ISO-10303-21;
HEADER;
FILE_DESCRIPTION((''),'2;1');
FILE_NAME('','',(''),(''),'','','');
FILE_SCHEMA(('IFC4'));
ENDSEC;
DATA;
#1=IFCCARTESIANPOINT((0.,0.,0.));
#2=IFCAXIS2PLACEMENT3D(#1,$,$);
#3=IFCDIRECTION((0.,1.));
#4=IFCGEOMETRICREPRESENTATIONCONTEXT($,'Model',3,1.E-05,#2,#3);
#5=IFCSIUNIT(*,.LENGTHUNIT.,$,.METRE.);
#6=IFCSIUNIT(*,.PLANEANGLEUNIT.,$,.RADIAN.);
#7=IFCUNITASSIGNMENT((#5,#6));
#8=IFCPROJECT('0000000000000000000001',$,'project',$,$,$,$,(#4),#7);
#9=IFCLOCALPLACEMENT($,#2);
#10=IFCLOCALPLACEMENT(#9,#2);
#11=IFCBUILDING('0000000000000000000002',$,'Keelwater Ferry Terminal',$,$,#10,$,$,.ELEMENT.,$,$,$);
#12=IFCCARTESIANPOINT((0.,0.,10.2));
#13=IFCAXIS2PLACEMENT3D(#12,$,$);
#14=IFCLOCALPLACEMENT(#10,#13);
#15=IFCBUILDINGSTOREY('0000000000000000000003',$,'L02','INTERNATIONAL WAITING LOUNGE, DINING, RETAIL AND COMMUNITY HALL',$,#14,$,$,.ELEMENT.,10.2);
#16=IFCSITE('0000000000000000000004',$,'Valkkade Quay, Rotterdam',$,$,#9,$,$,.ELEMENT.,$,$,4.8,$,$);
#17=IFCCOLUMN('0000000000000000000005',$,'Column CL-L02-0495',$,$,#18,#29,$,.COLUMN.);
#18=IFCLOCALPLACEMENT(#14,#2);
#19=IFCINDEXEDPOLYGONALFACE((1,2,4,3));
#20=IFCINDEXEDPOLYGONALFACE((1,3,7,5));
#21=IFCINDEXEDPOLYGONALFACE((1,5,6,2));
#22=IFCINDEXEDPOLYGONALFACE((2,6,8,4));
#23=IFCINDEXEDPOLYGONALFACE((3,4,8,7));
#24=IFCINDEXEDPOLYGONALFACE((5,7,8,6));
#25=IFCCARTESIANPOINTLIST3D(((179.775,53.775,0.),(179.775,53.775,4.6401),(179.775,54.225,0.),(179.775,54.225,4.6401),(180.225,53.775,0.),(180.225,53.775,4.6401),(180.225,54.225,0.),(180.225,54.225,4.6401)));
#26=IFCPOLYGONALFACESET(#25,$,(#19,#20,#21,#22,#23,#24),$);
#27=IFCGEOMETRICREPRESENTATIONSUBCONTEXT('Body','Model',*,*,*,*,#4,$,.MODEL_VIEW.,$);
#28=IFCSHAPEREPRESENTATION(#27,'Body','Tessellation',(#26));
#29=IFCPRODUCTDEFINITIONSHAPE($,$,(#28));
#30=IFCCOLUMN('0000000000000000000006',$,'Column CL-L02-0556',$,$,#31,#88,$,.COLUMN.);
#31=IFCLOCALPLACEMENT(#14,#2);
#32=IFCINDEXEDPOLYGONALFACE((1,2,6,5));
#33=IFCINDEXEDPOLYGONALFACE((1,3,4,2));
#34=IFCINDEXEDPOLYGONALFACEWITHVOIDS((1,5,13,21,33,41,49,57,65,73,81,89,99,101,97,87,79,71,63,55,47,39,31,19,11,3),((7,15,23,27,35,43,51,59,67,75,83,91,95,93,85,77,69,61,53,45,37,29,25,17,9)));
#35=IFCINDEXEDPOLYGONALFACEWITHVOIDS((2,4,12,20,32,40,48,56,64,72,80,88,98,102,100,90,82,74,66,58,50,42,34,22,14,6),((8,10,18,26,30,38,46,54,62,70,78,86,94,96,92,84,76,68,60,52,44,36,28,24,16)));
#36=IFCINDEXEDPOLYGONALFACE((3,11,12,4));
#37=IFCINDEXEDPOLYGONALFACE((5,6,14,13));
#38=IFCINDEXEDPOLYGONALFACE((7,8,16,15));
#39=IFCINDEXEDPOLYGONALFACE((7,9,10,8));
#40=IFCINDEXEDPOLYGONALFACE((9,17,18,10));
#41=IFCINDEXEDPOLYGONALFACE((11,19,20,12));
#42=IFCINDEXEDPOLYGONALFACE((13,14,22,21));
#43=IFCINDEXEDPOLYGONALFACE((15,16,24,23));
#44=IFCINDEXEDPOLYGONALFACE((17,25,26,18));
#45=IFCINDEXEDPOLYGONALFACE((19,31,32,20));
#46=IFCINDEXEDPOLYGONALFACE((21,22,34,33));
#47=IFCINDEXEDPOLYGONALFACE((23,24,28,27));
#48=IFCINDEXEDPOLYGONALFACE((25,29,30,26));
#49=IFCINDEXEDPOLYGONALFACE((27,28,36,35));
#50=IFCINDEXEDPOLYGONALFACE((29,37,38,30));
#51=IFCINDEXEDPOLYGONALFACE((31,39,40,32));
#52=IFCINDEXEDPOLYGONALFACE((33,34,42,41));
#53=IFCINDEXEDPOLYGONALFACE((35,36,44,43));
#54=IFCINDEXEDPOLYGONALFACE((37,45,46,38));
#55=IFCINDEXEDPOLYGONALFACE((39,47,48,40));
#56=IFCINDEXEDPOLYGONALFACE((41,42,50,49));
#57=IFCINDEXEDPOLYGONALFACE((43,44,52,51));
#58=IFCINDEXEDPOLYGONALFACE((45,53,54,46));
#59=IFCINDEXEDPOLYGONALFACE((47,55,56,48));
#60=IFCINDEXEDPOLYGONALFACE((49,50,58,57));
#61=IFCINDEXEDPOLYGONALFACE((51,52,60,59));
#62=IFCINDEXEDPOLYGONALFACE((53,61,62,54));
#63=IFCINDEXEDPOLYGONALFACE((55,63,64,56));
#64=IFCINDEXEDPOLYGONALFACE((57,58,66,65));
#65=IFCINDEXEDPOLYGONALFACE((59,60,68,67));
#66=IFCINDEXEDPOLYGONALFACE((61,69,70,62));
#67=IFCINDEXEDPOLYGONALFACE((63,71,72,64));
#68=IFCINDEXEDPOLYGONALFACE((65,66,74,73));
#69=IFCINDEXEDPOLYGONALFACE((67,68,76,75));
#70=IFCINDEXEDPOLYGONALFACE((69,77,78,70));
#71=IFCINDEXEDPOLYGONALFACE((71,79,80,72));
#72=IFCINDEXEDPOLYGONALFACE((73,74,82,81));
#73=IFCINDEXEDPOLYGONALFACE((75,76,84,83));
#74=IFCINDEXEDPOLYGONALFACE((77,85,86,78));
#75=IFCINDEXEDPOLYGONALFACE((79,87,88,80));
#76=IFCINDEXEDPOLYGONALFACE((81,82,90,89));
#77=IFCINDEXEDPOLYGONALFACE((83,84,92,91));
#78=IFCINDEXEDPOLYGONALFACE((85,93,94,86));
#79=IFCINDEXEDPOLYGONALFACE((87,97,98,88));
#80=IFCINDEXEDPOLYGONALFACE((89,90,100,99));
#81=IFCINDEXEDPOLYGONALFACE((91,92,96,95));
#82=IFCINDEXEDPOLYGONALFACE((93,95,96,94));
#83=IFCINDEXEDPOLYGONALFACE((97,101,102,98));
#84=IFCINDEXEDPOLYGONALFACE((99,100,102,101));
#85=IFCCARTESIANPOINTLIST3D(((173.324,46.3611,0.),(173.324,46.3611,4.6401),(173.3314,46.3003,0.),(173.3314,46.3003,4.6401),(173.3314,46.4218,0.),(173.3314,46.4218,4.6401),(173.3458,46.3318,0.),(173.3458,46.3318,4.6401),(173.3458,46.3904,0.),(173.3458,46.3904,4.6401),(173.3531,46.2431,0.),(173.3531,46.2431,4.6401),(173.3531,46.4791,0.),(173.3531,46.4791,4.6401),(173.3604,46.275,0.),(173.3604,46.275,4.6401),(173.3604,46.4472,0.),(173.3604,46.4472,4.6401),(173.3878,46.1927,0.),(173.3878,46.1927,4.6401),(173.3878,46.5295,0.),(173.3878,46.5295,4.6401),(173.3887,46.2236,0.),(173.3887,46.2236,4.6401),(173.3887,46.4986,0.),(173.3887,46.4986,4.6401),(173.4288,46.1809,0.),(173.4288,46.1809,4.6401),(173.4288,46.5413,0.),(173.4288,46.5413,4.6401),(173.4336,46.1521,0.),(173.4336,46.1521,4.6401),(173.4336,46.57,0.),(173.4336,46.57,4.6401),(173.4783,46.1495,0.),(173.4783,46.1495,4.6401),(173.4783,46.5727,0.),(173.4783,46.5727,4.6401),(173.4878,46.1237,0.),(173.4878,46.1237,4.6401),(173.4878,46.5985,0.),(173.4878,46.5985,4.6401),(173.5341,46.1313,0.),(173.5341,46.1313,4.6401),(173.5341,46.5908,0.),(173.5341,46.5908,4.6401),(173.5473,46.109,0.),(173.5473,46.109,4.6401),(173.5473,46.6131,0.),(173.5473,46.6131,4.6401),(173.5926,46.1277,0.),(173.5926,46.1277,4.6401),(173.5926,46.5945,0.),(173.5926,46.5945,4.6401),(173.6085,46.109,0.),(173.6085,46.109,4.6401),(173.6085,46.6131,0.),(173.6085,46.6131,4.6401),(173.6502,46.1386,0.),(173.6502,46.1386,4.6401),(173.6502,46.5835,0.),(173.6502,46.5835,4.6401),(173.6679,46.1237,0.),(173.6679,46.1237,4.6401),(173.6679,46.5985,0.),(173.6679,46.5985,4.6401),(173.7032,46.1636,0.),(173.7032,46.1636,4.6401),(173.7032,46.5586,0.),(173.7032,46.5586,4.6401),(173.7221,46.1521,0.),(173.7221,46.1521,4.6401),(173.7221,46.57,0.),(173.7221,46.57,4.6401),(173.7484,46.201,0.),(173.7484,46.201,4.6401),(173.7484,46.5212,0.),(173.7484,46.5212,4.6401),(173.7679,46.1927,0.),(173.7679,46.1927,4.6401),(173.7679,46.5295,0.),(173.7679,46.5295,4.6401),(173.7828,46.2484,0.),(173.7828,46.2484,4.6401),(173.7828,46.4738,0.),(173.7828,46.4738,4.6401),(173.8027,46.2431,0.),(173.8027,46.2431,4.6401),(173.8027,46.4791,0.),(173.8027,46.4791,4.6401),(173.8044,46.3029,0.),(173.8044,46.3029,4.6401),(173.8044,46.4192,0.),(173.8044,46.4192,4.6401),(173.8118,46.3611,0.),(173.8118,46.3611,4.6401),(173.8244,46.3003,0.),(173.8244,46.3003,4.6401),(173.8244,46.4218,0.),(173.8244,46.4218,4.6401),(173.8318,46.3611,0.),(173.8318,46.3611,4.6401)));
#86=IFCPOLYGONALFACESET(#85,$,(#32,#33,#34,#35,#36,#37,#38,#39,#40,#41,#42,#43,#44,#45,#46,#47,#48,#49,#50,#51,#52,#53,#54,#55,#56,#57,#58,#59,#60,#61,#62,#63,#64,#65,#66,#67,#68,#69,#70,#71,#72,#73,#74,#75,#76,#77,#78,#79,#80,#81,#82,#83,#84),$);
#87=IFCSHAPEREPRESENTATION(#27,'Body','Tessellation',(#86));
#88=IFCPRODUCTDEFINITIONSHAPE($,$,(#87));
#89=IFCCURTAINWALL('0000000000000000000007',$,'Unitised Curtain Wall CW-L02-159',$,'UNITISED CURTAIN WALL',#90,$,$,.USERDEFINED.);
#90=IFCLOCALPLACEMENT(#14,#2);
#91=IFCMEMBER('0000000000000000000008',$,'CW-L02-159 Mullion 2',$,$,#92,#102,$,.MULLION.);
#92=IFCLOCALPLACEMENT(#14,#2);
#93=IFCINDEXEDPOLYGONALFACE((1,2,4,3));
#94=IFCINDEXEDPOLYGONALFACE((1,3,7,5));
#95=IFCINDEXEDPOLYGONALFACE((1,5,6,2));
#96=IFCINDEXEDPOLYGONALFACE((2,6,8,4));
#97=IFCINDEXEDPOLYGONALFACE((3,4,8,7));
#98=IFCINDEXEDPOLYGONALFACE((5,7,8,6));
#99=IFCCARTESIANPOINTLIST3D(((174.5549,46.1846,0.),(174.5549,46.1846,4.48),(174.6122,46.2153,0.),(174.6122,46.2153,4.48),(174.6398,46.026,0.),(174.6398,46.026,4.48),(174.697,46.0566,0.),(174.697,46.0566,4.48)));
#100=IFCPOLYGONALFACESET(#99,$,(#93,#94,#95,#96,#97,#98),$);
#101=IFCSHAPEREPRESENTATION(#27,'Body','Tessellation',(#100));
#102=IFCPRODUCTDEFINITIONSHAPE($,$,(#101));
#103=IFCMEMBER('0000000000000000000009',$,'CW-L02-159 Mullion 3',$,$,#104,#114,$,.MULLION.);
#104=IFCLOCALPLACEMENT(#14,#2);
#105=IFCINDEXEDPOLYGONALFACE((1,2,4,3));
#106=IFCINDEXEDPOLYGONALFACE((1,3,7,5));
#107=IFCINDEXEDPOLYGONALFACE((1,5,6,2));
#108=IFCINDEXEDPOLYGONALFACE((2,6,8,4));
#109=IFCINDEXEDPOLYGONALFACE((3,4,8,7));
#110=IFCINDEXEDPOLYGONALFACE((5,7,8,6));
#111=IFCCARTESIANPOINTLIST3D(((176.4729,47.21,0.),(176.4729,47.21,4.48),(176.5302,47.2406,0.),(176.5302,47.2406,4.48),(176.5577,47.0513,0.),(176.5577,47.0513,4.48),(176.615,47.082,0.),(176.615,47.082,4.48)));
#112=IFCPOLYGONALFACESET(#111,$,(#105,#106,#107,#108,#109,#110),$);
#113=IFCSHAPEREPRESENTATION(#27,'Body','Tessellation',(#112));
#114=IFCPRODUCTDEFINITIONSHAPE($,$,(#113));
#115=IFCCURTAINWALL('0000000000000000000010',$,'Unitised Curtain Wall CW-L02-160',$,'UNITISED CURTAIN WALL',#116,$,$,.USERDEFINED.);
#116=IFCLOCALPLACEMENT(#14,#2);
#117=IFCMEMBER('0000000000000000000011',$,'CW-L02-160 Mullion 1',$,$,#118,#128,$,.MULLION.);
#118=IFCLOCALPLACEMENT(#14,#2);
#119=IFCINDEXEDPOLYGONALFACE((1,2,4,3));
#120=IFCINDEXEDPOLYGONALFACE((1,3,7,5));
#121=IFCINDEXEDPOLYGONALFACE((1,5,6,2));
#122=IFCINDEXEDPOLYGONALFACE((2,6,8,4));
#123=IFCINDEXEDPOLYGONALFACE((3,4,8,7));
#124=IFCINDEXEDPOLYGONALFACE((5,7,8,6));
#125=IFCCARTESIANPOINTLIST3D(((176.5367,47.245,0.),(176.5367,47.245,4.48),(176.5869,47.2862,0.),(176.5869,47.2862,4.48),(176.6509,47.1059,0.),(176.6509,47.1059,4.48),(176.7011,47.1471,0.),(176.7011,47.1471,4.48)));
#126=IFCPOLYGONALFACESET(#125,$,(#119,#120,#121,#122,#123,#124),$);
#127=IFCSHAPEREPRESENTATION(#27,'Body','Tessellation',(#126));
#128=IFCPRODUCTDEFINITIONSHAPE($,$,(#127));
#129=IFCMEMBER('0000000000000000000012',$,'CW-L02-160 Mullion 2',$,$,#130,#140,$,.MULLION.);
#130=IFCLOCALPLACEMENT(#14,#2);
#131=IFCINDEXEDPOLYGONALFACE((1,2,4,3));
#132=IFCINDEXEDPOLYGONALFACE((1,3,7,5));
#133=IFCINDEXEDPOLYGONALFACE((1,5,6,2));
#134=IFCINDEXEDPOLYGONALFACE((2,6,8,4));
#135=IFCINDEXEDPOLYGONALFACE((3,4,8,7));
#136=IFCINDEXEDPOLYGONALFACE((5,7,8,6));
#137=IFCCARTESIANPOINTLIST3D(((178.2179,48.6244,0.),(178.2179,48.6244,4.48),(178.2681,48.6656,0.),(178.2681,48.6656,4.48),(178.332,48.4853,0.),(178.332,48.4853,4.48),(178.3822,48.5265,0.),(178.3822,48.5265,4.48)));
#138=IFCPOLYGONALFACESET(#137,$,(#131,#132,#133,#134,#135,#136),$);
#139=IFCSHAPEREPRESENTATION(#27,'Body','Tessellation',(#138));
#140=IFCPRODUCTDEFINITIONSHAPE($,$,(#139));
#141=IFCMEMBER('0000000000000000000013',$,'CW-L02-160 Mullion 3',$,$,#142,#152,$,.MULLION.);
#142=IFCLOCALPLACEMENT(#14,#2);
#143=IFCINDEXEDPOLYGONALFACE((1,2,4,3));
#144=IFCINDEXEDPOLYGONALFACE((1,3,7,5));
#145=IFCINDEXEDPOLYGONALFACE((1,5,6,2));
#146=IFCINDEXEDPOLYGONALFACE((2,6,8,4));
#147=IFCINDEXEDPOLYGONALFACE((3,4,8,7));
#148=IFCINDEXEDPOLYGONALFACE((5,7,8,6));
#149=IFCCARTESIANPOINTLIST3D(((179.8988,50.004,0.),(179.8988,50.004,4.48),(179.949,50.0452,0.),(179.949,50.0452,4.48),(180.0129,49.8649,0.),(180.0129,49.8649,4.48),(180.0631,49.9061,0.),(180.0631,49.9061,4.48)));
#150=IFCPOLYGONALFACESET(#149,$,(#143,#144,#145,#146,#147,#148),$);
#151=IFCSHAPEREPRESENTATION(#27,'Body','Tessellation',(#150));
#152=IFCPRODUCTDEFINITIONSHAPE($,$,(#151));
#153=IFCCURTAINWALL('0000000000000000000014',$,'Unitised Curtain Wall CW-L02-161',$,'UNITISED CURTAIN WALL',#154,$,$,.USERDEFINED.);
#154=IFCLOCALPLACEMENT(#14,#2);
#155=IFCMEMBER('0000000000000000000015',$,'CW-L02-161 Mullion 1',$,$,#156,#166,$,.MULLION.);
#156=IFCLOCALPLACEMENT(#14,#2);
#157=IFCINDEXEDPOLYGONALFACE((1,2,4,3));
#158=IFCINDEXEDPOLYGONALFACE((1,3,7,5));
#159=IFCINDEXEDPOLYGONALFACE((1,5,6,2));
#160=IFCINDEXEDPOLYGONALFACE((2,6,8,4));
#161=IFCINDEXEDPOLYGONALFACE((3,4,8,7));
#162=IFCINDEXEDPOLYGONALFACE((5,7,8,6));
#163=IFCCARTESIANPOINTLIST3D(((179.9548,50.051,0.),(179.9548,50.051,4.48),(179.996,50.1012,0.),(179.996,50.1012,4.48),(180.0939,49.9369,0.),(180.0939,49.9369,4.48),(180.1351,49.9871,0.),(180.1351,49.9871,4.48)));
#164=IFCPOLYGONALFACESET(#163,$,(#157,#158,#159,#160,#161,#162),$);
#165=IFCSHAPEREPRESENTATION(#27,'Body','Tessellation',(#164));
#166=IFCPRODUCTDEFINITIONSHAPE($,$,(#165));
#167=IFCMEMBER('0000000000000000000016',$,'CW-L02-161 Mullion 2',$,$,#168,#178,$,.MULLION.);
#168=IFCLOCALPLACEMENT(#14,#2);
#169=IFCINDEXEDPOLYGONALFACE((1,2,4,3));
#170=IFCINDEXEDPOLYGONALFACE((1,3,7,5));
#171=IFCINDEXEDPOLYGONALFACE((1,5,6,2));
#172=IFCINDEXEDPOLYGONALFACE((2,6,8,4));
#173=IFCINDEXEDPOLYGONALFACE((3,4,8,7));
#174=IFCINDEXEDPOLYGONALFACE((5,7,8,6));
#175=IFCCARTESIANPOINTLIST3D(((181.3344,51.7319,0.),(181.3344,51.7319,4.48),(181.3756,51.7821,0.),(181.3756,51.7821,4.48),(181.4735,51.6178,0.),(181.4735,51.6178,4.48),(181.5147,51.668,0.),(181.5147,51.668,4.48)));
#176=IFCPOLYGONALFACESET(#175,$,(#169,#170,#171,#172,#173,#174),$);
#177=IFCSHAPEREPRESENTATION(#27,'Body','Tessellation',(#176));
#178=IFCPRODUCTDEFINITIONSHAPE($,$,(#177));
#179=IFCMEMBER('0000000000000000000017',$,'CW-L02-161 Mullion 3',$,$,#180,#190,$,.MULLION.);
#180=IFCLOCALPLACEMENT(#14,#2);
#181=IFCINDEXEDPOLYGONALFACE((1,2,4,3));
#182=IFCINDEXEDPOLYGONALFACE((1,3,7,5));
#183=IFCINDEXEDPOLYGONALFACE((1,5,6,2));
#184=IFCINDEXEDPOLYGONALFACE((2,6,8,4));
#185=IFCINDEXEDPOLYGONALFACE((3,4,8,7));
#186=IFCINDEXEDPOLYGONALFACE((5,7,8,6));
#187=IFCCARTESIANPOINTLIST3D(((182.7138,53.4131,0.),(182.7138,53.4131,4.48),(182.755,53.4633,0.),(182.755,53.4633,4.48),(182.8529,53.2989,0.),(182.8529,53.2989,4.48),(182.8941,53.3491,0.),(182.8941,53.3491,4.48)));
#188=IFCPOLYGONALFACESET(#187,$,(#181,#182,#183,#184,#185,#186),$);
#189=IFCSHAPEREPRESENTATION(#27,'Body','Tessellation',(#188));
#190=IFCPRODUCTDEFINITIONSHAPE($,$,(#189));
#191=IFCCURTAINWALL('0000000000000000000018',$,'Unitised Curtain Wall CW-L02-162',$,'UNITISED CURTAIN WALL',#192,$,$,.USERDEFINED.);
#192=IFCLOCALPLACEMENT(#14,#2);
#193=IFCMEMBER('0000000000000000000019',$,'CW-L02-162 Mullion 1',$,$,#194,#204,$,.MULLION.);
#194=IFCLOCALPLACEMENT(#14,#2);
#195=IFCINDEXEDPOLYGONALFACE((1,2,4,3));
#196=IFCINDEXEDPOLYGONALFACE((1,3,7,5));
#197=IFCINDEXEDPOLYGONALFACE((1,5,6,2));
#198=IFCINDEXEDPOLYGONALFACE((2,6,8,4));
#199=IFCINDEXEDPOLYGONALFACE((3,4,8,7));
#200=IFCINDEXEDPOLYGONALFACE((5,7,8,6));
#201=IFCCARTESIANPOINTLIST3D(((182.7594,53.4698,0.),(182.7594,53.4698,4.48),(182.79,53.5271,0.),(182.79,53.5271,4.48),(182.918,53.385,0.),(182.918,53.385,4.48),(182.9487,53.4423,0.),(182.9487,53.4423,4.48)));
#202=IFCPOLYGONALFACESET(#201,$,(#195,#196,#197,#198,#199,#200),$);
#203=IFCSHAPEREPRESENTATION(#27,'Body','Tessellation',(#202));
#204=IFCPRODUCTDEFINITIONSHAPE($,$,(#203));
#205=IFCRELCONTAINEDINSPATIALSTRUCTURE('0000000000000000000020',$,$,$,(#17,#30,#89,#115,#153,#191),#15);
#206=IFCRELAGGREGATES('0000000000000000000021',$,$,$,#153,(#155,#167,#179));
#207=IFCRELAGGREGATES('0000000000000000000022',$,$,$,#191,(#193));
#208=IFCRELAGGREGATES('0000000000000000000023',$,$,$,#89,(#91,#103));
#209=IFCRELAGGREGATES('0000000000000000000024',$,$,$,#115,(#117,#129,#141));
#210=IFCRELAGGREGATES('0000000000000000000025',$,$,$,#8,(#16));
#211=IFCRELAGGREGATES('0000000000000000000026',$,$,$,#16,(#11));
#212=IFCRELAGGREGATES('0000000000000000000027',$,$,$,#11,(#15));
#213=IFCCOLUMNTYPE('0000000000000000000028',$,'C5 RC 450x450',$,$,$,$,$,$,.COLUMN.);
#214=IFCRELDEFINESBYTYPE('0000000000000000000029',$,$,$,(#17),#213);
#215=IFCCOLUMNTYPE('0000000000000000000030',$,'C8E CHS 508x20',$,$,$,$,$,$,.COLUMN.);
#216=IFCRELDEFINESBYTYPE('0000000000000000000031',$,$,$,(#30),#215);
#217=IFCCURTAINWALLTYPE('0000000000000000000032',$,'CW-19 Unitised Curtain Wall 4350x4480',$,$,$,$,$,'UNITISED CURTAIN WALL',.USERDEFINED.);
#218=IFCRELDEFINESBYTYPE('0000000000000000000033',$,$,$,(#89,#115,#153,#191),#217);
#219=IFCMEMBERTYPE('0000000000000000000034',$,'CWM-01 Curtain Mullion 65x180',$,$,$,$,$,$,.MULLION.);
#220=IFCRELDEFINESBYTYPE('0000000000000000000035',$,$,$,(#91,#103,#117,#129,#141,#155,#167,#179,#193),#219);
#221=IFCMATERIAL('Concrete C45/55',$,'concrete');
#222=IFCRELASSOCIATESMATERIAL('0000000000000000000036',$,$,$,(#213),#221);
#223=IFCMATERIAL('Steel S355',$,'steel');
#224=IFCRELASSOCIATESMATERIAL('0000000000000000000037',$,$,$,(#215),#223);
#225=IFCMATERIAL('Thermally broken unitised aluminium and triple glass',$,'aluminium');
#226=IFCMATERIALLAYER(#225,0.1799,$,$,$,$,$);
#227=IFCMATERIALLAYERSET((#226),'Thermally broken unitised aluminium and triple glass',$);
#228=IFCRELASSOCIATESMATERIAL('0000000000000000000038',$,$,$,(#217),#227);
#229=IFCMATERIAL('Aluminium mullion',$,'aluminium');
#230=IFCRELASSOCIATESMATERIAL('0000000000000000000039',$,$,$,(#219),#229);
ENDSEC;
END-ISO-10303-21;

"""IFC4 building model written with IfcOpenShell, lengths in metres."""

from ifc_helpers import new_model, si_unit, direction, frame, origin, origin_2d, place, context, subcontext, project, spatial, rectangle, hollow_circle, extrude, material, layer, layer_set, material_profile, profile_set, type_object, element, aggregate, save


model = new_model("IFC4")

# Units and contexts
model_context = context("Model", 3, precision=1e-05, world=origin(), true_north=direction((0.0, 1.0)))
body_context = subcontext(model_context, "Body", "Model", "MODEL_VIEW")
ifc_project = project(units=[si_unit("LENGTHUNIT", "METRE"), si_unit("PLANEANGLEUNIT", "RADIAN")], contexts=[model_context])

# Site, building, storey
site_placement = place(None, origin())
site = spatial("IfcSite", under=ifc_project, at=site_placement, Name="Valkkade Quay, Rotterdam", CompositionType="ELEMENT", RefElevation=4.8)
building_placement = place(site_placement, origin())
building = spatial("IfcBuilding", under=site, at=building_placement, Name="Keelwater Ferry Terminal", CompositionType="ELEMENT")
storey_placement = place(building_placement, frame((0.0, 0.0, 10.2)))
storey = spatial("IfcBuildingStorey", under=building, at=storey_placement, Name="L02", Description="INTERNATIONAL WAITING LOUNGE, DINING, RETAIL AND COMMUNITY HALL", CompositionType="ELEMENT", Elevation=10.2)

# Columns
ifc_material_1 = material(Name="Concrete C45/55", Category="concrete")
ifc_material_profile_1 = material_profile(ifc_material_1, rectangle(XDim=0.45, YDim=0.45, at=origin_2d()), Name="RC 450x450")
ifc_profile_set_1 = profile_set([ifc_material_profile_1], Name="Concrete C45/55")
column_type_1 = type_object("IfcColumnType", Name="C5 RC 450x450", PredefinedType="COLUMN", material=ifc_profile_set_1)
column_1_placement = place(storey_placement, frame((180.0, 54.0, 0.0), z_axis=(0.0, 0.0, 1.0), x_axis=(1.0, 0.0, 0.0)))
element("IfcColumn", 1, at=column_1_placement, inside=storey, type_object=column_type_1, Name="Column CL-L02-0495", PredefinedType="COLUMN", context=body_context, shape_type="SweptSolid", body=[
    extrude(rectangle(XDim=0.45, YDim=0.45, at=origin_2d()), origin(), (0.0, 0.0, 1.0), 4.6401),
])
ifc_material_2 = material(Name="Steel S355", Category="steel")
ifc_material_profile_2 = material_profile(ifc_material_2, hollow_circle(Radius=0.2539, WallThickness=0.02, at=origin_2d()), Name="CHS 508x20")
ifc_profile_set_2 = profile_set([ifc_material_profile_2], Name="Steel S355")
column_type_2 = type_object("IfcColumnType", Name="C8E CHS 508x20", PredefinedType="COLUMN", material=ifc_profile_set_2)
column_2_placement = place(storey_placement, frame((173.5779, 46.3611, 0.0), z_axis=(0.0, 0.0, 1.0), x_axis=(1.0, 0.0, 0.0)))
element("IfcColumn", 2, at=column_2_placement, inside=storey, type_object=column_type_2, Name="Column CL-L02-0556", PredefinedType="COLUMN", context=body_context, shape_type="SweptSolid", body=[
    extrude(hollow_circle(Radius=0.2539, WallThickness=0.02, at=origin_2d()), origin(), (0.0, 0.0, 1.0), 4.6401),
])

# Curtain walls, members
ifc_material_3 = material(Name="Thermally broken unitised aluminium and triple glass", Category="aluminium")
ifc_layer_1 = layer(ifc_material_3, 0.1799)
ifc_layer_set_1 = layer_set([ifc_layer_1], Name="Thermally broken unitised aluminium and triple glass")
curtain_wall_type = type_object("IfcCurtainWallType", Name="CW-19 Unitised Curtain Wall 4350x4480", ElementType="UNITISED CURTAIN WALL", PredefinedType="USERDEFINED", material=ifc_layer_set_1)
curtain_wall_1_placement = place(storey_placement, origin())
curtain_wall_1 = element("IfcCurtainWall", 3, at=curtain_wall_1_placement, inside=storey, type_object=curtain_wall_type, Name="Unitised Curtain Wall CW-L02-159", ObjectType="UNITISED CURTAIN WALL", PredefinedType="USERDEFINED")
ifc_material_4 = material(Name="Aluminium mullion", Category="aluminium")
ifc_material_profile_3 = material_profile(ifc_material_4, rectangle(XDim=0.0649, YDim=0.1799, at=origin_2d()), Name="CWM-01")
ifc_profile_set_3 = profile_set([ifc_material_profile_3], Name="Aluminium mullion")
member_type_1 = type_object("IfcMemberType", Name="CWM-01 Curtain Mullion 65x180", PredefinedType="MULLION", material=ifc_profile_set_3)
member_1_placement = place(storey_placement, frame((174.626, 46.1206, 0.0), z_axis=(0.0, 0.0, 1.0), x_axis=(0.881862, 0.471507, 0.0)))
member_1 = element("IfcMember", 4, at=member_1_placement, type_object=member_type_1, Name="CW-L02-159 Mullion 2", PredefinedType="MULLION", context=body_context, shape_type="SweptSolid", body=[
    extrude(rectangle(XDim=0.0649, YDim=0.1799, at=origin_2d()), origin(), (0.0, 0.0, 1.0), 4.48),
])
member_2_placement = place(storey_placement, frame((176.5439, 47.146, 0.0), z_axis=(0.0, 0.0, 1.0), x_axis=(0.881862, 0.471507, 0.0)))
member_2 = element("IfcMember", 5, at=member_2_placement, type_object=member_type_1, Name="CW-L02-159 Mullion 3", PredefinedType="MULLION", context=body_context, shape_type="SweptSolid", body=[
    extrude(rectangle(XDim=0.0649, YDim=0.1799, at=origin_2d()), origin(), (0.0, 0.0, 1.0), 4.48),
])
curtain_wall_2_placement = place(storey_placement, origin())
curtain_wall_2 = element("IfcCurtainWall", 6, at=curtain_wall_2_placement, inside=storey, type_object=curtain_wall_type, Name="Unitised Curtain Wall CW-L02-160", ObjectType="UNITISED CURTAIN WALL", PredefinedType="USERDEFINED")
member_3_placement = place(storey_placement, frame((176.6189, 47.196, 0.0), z_axis=(0.0, 0.0, 1.0), x_axis=(0.773024, 0.634377, 0.0)))
member_3 = element("IfcMember", 7, at=member_3_placement, type_object=member_type_1, Name="CW-L02-160 Mullion 1", PredefinedType="MULLION", context=body_context, shape_type="SweptSolid", body=[
    extrude(rectangle(XDim=0.0649, YDim=0.1799, at=origin_2d()), origin(), (0.0, 0.0, 1.0), 4.48),
])
member_4_placement = place(storey_placement, frame((178.3, 48.5754, 0.0), z_axis=(0.0, 0.0, 1.0), x_axis=(0.773024, 0.634377, 0.0)))
member_4 = element("IfcMember", 8, at=member_4_placement, type_object=member_type_1, Name="CW-L02-160 Mullion 2", PredefinedType="MULLION", context=body_context, shape_type="SweptSolid", body=[
    extrude(rectangle(XDim=0.0649, YDim=0.1799, at=origin_2d()), origin(), (0.0, 0.0, 1.0), 4.48),
])
member_5_placement = place(storey_placement, frame((179.981, 49.9551, 0.0), z_axis=(0.0, 0.0, 1.0), x_axis=(0.773024, 0.634377, 0.0)))
member_5 = element("IfcMember", 9, at=member_5_placement, type_object=member_type_1, Name="CW-L02-160 Mullion 3", PredefinedType="MULLION", context=body_context, shape_type="SweptSolid", body=[
    extrude(rectangle(XDim=0.0649, YDim=0.1799, at=origin_2d()), origin(), (0.0, 0.0, 1.0), 4.48),
])
curtain_wall_3_placement = place(storey_placement, origin())
curtain_wall_3 = element("IfcCurtainWall", 10, at=curtain_wall_3_placement, inside=storey, type_object=curtain_wall_type, Name="Unitised Curtain Wall CW-L02-161", ObjectType="UNITISED CURTAIN WALL", PredefinedType="USERDEFINED")
member_6_placement = place(storey_placement, frame((180.0449, 50.019, 0.0), z_axis=(0.0, 0.0, 1.0), x_axis=(0.634377, 0.773024, 0.0)))
member_6 = element("IfcMember", 11, at=member_6_placement, type_object=member_type_1, Name="CW-L02-161 Mullion 1", PredefinedType="MULLION", context=body_context, shape_type="SweptSolid", body=[
    extrude(rectangle(XDim=0.0649, YDim=0.1799, at=origin_2d()), origin(), (0.0, 0.0, 1.0), 4.48),
])
member_7_placement = place(storey_placement, frame((181.4246, 51.7, 0.0), z_axis=(0.0, 0.0, 1.0), x_axis=(0.634377, 0.773024, 0.0)))
member_7 = element("IfcMember", 12, at=member_7_placement, type_object=member_type_1, Name="CW-L02-161 Mullion 2", PredefinedType="MULLION", context=body_context, shape_type="SweptSolid", body=[
    extrude(rectangle(XDim=0.0649, YDim=0.1799, at=origin_2d()), origin(), (0.0, 0.0, 1.0), 4.48),
])
member_8_placement = place(storey_placement, frame((182.804, 53.3811, 0.0), z_axis=(0.0, 0.0, 1.0), x_axis=(0.634377, 0.773024, 0.0)))
member_8 = element("IfcMember", 13, at=member_8_placement, type_object=member_type_1, Name="CW-L02-161 Mullion 3", PredefinedType="MULLION", context=body_context, shape_type="SweptSolid", body=[
    extrude(rectangle(XDim=0.0649, YDim=0.1799, at=origin_2d()), origin(), (0.0, 0.0, 1.0), 4.48),
])
curtain_wall_4_placement = place(storey_placement, origin())
curtain_wall_4 = element("IfcCurtainWall", 14, at=curtain_wall_4_placement, inside=storey, type_object=curtain_wall_type, Name="Unitised Curtain Wall CW-L02-162", ObjectType="UNITISED CURTAIN WALL", PredefinedType="USERDEFINED")
member_9_placement = place(storey_placement, frame((182.854, 53.4561, 0.0), z_axis=(0.0, 0.0, 1.0), x_axis=(0.471507, 0.881862, 0.0)))
member_9 = element("IfcMember", 15, at=member_9_placement, type_object=member_type_1, Name="CW-L02-162 Mullion 1", PredefinedType="MULLION", context=body_context, shape_type="SweptSolid", body=[
    extrude(rectangle(XDim=0.0649, YDim=0.1799, at=origin_2d()), origin(), (0.0, 0.0, 1.0), 4.48),
])

aggregate(curtain_wall_3, [member_6, member_7, member_8])
aggregate(curtain_wall_4, [member_9])
aggregate(curtain_wall_1, [member_1, member_2])
aggregate(curtain_wall_2, [member_3, member_4, member_5])

save(model, "model.ifc")
